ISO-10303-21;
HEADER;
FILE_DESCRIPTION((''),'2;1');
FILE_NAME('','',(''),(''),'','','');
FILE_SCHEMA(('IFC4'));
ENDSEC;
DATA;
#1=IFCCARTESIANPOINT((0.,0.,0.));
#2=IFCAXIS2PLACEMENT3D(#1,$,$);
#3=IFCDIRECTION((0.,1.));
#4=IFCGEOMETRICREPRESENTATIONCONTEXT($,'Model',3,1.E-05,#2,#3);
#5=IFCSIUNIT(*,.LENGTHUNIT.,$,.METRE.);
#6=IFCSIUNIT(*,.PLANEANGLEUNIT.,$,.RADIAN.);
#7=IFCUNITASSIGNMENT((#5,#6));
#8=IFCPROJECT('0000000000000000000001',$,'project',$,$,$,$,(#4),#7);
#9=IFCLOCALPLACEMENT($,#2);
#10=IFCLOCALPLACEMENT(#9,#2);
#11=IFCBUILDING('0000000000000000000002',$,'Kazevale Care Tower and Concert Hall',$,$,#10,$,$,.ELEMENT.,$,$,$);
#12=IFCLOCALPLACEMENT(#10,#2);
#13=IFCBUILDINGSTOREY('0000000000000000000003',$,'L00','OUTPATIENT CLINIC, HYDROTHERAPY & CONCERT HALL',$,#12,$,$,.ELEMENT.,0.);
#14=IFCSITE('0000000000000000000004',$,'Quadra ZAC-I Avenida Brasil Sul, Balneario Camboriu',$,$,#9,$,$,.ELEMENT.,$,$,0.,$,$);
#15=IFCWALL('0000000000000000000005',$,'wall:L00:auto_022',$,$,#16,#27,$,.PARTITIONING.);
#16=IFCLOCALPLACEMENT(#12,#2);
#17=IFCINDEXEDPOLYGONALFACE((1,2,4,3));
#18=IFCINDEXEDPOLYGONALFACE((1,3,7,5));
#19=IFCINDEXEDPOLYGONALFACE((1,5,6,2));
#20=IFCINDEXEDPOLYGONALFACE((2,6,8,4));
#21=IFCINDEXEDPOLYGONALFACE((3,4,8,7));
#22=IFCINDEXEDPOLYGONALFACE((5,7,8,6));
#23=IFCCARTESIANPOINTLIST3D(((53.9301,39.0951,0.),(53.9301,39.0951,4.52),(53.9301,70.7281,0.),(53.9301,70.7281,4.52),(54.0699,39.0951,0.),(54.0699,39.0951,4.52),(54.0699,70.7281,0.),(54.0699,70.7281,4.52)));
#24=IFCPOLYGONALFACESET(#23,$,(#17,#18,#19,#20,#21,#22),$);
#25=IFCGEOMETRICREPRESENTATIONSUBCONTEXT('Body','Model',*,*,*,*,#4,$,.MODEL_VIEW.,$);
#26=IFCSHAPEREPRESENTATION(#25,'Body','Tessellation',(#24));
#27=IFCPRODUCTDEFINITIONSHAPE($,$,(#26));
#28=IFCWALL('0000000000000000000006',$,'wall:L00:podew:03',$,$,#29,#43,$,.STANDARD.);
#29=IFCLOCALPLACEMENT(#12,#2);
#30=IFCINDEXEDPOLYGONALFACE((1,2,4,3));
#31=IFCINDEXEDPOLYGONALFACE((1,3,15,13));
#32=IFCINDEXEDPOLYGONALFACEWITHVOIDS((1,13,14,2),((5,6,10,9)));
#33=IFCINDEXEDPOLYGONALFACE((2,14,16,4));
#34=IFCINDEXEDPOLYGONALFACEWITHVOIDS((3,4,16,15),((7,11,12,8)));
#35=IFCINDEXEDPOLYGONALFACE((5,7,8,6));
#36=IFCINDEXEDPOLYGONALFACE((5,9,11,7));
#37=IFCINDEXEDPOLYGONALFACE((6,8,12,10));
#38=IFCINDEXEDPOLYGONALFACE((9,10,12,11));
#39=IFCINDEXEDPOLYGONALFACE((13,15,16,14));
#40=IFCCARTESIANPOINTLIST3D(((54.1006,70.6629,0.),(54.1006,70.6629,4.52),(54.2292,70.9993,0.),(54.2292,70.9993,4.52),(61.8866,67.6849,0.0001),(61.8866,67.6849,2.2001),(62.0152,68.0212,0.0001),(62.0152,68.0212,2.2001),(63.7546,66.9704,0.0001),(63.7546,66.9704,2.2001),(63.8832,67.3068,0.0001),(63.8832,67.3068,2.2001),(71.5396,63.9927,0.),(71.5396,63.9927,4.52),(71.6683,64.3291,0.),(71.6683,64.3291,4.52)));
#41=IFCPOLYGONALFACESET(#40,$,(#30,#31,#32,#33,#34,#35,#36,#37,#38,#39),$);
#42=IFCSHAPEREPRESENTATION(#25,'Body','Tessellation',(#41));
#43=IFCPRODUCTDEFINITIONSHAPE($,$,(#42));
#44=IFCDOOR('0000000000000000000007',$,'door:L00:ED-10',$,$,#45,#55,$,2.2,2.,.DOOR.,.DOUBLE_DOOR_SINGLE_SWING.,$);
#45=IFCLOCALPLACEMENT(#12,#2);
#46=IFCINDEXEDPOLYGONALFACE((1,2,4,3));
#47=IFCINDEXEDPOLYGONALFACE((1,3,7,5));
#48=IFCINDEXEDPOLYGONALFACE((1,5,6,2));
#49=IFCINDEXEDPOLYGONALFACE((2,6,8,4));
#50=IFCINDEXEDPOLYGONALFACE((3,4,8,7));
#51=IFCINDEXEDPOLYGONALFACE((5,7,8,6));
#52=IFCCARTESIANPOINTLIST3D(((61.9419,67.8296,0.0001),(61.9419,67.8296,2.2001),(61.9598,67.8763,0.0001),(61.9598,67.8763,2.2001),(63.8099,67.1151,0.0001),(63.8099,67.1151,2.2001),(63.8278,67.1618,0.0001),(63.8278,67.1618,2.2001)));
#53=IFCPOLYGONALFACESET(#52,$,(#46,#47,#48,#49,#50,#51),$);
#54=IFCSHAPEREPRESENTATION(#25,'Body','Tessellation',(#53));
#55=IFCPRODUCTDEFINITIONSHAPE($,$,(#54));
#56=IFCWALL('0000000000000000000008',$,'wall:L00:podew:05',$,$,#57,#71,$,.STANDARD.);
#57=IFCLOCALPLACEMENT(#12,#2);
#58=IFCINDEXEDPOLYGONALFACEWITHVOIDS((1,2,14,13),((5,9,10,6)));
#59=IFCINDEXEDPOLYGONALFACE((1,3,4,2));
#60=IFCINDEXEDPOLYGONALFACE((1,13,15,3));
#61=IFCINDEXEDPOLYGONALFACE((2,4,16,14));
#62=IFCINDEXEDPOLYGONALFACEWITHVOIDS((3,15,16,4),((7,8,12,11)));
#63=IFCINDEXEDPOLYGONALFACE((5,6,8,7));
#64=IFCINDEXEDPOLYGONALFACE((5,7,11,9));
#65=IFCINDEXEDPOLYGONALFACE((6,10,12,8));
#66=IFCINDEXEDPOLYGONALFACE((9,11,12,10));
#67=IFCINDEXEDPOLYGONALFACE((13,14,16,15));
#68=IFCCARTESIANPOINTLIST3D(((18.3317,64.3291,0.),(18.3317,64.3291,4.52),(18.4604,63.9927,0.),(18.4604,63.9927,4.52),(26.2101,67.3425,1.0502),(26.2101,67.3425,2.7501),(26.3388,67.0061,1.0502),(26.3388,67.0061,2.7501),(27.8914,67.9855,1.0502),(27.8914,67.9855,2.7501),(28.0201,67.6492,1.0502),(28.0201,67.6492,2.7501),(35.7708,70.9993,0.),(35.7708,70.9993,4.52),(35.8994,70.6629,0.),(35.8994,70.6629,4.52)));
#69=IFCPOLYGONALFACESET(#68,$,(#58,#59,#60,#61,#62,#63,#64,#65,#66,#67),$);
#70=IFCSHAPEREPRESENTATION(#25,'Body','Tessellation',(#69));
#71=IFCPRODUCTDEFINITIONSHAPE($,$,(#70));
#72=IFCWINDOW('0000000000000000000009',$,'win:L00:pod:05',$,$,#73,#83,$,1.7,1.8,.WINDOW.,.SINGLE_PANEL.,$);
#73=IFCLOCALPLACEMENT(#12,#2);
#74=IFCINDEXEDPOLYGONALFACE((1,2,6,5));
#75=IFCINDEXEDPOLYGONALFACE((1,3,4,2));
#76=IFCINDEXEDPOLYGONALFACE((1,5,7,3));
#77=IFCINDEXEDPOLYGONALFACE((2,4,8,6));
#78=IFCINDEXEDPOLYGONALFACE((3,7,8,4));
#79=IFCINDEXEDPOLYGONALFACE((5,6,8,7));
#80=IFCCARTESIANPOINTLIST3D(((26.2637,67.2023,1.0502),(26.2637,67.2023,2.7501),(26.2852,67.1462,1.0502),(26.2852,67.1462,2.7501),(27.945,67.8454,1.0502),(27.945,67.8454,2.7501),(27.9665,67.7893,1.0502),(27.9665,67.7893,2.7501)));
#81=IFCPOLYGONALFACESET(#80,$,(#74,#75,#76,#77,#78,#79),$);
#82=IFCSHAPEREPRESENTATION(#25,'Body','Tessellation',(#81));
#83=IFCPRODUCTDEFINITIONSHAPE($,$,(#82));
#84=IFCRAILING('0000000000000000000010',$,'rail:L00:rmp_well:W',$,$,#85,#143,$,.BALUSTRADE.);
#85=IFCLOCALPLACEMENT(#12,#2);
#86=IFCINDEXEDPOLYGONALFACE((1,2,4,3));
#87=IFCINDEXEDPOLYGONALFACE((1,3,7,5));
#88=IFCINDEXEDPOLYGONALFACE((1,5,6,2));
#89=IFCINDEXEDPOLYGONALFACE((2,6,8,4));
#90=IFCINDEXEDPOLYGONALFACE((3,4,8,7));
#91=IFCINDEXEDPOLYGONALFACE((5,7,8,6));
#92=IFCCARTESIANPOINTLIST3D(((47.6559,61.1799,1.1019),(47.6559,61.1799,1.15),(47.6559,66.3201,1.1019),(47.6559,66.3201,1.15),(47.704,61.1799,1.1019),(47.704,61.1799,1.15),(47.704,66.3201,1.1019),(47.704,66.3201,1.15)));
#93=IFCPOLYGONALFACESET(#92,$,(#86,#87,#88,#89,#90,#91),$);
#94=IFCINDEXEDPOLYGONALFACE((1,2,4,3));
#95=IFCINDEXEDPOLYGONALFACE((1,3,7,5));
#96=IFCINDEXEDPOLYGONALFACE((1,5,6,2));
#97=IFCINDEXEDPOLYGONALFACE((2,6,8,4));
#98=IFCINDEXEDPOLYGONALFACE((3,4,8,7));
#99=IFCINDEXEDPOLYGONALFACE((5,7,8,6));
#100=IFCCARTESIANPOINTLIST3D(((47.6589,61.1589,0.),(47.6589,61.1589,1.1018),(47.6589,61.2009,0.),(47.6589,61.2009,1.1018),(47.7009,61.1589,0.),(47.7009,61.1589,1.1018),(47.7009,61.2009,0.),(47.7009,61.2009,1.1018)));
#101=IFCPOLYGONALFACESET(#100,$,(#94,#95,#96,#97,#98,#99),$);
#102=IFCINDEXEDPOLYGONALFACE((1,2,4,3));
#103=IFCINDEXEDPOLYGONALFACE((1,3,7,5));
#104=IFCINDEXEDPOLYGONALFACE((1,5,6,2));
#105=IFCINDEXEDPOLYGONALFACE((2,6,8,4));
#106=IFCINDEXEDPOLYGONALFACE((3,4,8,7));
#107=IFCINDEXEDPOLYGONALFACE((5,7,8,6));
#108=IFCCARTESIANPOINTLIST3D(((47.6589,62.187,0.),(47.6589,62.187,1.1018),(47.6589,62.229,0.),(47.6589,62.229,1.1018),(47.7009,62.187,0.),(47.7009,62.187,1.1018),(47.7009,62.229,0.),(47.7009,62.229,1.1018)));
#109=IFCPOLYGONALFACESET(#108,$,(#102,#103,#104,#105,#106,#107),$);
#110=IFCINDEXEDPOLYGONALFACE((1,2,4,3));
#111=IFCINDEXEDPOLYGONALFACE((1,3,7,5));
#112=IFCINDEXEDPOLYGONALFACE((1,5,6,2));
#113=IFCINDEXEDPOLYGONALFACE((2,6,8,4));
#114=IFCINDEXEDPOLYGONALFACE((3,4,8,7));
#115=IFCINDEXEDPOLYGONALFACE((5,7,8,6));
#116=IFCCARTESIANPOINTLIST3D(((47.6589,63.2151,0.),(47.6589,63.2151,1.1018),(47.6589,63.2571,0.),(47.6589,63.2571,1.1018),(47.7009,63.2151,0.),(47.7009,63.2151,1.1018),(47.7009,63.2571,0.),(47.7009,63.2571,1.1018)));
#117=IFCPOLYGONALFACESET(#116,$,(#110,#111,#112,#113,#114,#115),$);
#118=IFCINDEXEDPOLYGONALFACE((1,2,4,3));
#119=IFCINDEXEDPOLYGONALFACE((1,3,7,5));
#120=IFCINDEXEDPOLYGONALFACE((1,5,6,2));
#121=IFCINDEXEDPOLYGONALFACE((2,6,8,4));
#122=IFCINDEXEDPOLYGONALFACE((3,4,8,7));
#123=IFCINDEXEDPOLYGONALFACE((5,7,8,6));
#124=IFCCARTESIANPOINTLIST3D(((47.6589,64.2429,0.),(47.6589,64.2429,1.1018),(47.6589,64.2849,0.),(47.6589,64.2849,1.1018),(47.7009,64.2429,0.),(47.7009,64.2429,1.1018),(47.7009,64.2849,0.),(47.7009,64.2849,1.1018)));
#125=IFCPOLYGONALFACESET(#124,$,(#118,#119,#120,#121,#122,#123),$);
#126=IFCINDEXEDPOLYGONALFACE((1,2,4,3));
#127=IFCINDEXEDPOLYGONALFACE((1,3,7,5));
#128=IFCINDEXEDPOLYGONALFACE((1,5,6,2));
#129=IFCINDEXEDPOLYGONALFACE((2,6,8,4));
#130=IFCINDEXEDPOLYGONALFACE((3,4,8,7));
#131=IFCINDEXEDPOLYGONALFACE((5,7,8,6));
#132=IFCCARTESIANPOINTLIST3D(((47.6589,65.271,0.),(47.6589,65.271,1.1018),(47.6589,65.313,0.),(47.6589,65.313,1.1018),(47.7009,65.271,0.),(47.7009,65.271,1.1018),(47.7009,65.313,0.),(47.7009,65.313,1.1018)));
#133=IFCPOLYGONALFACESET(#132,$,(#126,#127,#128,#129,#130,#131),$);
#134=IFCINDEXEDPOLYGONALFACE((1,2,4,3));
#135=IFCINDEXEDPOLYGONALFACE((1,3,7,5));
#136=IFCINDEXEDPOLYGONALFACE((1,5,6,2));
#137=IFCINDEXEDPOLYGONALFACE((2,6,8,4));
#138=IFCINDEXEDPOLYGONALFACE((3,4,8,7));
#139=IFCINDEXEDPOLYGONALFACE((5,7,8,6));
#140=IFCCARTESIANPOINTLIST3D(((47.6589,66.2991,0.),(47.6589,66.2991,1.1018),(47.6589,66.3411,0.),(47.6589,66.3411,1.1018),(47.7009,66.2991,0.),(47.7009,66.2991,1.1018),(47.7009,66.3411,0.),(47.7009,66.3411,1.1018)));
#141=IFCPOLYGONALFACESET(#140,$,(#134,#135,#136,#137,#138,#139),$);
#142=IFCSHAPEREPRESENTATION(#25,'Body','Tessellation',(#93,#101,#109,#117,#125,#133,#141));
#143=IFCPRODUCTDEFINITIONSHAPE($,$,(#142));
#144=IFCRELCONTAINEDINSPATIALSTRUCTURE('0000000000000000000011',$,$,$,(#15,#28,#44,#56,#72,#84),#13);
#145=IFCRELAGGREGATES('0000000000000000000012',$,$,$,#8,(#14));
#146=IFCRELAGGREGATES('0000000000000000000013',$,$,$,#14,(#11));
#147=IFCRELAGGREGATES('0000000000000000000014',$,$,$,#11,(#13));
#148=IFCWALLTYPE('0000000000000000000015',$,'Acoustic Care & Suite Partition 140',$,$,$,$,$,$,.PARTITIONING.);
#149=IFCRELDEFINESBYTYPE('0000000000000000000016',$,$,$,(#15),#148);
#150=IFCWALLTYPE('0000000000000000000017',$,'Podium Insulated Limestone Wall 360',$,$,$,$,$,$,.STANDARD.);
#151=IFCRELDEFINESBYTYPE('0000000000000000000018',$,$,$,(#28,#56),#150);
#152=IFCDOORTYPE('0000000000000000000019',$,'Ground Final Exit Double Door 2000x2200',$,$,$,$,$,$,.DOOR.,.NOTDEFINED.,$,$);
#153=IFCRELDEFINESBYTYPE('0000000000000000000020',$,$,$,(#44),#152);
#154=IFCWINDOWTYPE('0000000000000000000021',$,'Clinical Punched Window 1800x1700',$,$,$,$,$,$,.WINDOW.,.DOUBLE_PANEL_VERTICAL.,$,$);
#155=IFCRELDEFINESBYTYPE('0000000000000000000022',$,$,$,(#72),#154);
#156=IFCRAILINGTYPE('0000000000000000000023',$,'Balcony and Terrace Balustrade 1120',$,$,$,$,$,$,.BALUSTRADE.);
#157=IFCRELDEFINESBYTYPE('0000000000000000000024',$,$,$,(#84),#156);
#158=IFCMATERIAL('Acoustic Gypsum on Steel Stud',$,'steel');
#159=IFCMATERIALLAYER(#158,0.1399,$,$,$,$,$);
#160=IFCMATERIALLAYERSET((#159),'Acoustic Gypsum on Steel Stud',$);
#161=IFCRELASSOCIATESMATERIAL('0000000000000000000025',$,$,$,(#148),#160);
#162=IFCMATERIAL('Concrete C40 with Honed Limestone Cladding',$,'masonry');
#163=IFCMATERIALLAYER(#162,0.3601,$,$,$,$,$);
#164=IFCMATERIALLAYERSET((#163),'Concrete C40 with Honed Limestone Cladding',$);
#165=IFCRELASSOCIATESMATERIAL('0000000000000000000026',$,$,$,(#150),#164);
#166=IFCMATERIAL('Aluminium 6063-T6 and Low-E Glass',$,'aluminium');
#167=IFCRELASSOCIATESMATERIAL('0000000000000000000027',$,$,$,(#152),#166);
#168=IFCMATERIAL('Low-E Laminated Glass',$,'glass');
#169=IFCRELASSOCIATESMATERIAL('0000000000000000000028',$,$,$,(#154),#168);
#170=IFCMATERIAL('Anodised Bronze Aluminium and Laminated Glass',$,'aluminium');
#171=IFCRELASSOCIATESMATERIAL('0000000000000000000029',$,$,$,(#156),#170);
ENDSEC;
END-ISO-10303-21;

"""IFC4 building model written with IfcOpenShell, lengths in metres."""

from ifc_helpers import new_model, si_unit, direction, frame, frame_2d, origin, origin_2d, place, context, subcontext, project, spatial, rectangle, extrude, material, layer, layer_set, type_object, element, fill, save


model = new_model("IFC4")

# Units and contexts
model_context = context("Model", 3, precision=1e-05, world=origin(), true_north=direction((0.0, 1.0)))
body_context = subcontext(model_context, "Body", "Model", "MODEL_VIEW")
ifc_project = project(units=[si_unit("LENGTHUNIT", "METRE"), si_unit("PLANEANGLEUNIT", "RADIAN")], contexts=[model_context])

# Site, building, storey
site_placement = place(None, origin())
site = spatial("IfcSite", under=ifc_project, at=site_placement, Name="Quadra ZAC-I Avenida Brasil Sul, Balneario Camboriu", CompositionType="ELEMENT", RefElevation=0.0)
building_placement = place(site_placement, origin())
building = spatial("IfcBuilding", under=site, at=building_placement, Name="Kazevale Care Tower and Concert Hall", CompositionType="ELEMENT")
storey_placement = place(building_placement, origin())
storey = spatial("IfcBuildingStorey", under=building, at=storey_placement, Name="L00", Description="OUTPATIENT CLINIC, HYDROTHERAPY & CONCERT HALL", CompositionType="ELEMENT", Elevation=0.0)

# Shared definitions
ifc_material_1 = material(Name="Aluminium 6063-T6 and Low-E Glass", Category="aluminium")

# Shared definitions
ifc_material_2 = material(Name="Low-E Laminated Glass", Category="glass")

# Wall
ifc_material_3 = material(Name="Acoustic Gypsum on Steel Stud", Category="steel")
ifc_layer_1 = layer(ifc_material_3, 0.1399)
ifc_layer_set_1 = layer_set([ifc_layer_1], Name="Acoustic Gypsum on Steel Stud")
wall_type_1 = type_object("IfcWallType", Name="Acoustic Care & Suite Partition 140", PredefinedType="PARTITIONING", material=ifc_layer_set_1)
wall_1_placement = place(storey_placement, frame((54.0, 70.728, 0.0), z_axis=(0.0, 0.0, 1.0), x_axis=(0.0, -1.0, 0.0)))
element("IfcWall", 1, at=wall_1_placement, inside=storey, type_object=wall_type_1, Name="wall:L00:auto_022", PredefinedType="PARTITIONING", context=body_context, shape_type="SweptSolid", body=[
    extrude(rectangle(XDim=31.6331, YDim=0.1399, at=frame_2d((15.8164, 0.0))), origin(), (0.0, 0.0, 1.0), 4.52),
])

# Wall, opening, door
ifc_material_4 = material(Name="Concrete C40 with Honed Limestone Cladding", Category="masonry")
ifc_layer_2 = layer(ifc_material_4, 0.3601)
ifc_layer_set_2 = layer_set([ifc_layer_2], Name="Concrete C40 with Honed Limestone Cladding")
wall_type_2 = type_object("IfcWallType", Name="Podium Insulated Limestone Wall 360", PredefinedType="STANDARD", material=ifc_layer_set_2)
wall_2_placement = place(storey_placement, frame((54.165, 70.8311, 0.0), z_axis=(0.0, 0.0, 1.0), x_axis=(0.93401, -0.357246, 0.0)))
wall_2 = element("IfcWall", 2, at=wall_2_placement, inside=storey, type_object=wall_type_2, Name="wall:L00:podew:03", PredefinedType="STANDARD", context=body_context, shape_type="SweptSolid", body=[
    extrude(rectangle(XDim=18.6711, YDim=0.3601, at=frame_2d((9.3354, 0.0))), origin(), (0.0, 0.0, 1.0), 4.52),
])
opening_1_placement = place(wall_2_placement, frame((8.3359, 0.0, 0.0)))
opening_1 = element("IfcOpeningElement", 3, at=opening_1_placement, cuts=wall_2, PredefinedType="OPENING", context=body_context, shape_type="SweptSolid", body=[
    extrude(rectangle(XDim=2.0, YDim=2.2, at=frame_2d((1.0, 1.1001))), frame((0.0, 0.1899, 0.0), z_axis=(0.0, -1.0, 0.0), x_axis=(1.0, 0.0, 0.0)), (0.0, 0.0, 1.0), 0.3801),
])
door_type = type_object("IfcDoorType", Name="Ground Final Exit Double Door 2000x2200", OperationType="NOTDEFINED", PredefinedType="DOOR", material=ifc_material_1)
door_placement = place(opening_1_placement, origin())
door = element("IfcDoor", 4, at=door_placement, inside=storey, type_object=door_type, Name="door:L00:ED-10", OperationType="DOUBLE_DOOR_SINGLE_SWING", OverallHeight=2.2, OverallWidth=2.0, PredefinedType="DOOR", context=body_context, shape_type="SweptSolid", body=[
    extrude(rectangle(XDim=2.0, YDim=2.2, at=frame_2d((1.0, 1.1001))), frame((0.0, 0.0249, 0.0), z_axis=(0.0, -1.0, 0.0), x_axis=(1.0, 0.0, 0.0)), (0.0, 0.0, 1.0), 0.05),
])
fill(opening_1, door)

# Wall, opening, window
wall_3_placement = place(storey_placement, frame((35.835, 70.8311, 0.0), z_axis=(0.0, 0.0, 1.0), x_axis=(-0.93401, -0.357246, 0.0)))
wall_3 = element("IfcWall", 5, at=wall_3_placement, inside=storey, type_object=wall_type_2, Name="wall:L00:podew:05", PredefinedType="STANDARD", context=body_context, shape_type="SweptSolid", body=[
    extrude(rectangle(XDim=18.6711, YDim=0.3601, at=frame_2d((9.3354, 0.0))), origin(), (0.0, 0.0, 1.0), 4.52),
])
opening_2_placement = place(wall_3_placement, frame((8.436, 0.0, 1.05)))
opening_2 = element("IfcOpeningElement", 6, at=opening_2_placement, cuts=wall_3, PredefinedType="OPENING", context=body_context, shape_type="SweptSolid", body=[
    extrude(rectangle(XDim=1.8, YDim=1.7, at=frame_2d((0.8999, 0.8501))), frame((0.0, 0.1899, 0.0), z_axis=(0.0, -1.0, 0.0), x_axis=(1.0, 0.0, 0.0)), (0.0, 0.0, 1.0), 0.3801),
])
window_type = type_object("IfcWindowType", Name="Clinical Punched Window 1800x1700", PartitioningType="DOUBLE_PANEL_VERTICAL", PredefinedType="WINDOW", material=ifc_material_2)
window_placement = place(opening_2_placement, origin())
window = element("IfcWindow", 7, at=window_placement, inside=storey, type_object=window_type, Name="win:L00:pod:05", OverallHeight=1.7, OverallWidth=1.8, PartitioningType="SINGLE_PANEL", PredefinedType="WINDOW", context=body_context, shape_type="SweptSolid", body=[
    extrude(rectangle(XDim=1.8, YDim=1.7, at=frame_2d((0.8999, 0.8501))), frame((0.0, 0.03, 0.0), z_axis=(0.0, -1.0, 0.0), x_axis=(1.0, 0.0, 0.0)), (0.0, 0.0, 1.0), 0.0601),
])
fill(opening_2, window)

# Railing
ifc_material_5 = material(Name="Anodised Bronze Aluminium and Laminated Glass", Category="aluminium")
railing_type = type_object("IfcRailingType", Name="Balcony and Terrace Balustrade 1120", PredefinedType="BALUSTRADE", material=ifc_material_5)
railing_1_placement = place(storey_placement, frame((47.6799, 61.1799, 0.0)))
element("IfcRailing", 8, at=railing_1_placement, inside=storey, type_object=railing_type, Name="rail:L00:rmp_well:W", PredefinedType="BALUSTRADE", context=body_context, shape_type="SweptSolid", body=[
    extrude(rectangle(XDim=0.0481, YDim=0.0481, at=origin_2d()), frame((0.0, 0.0, 1.126), z_axis=(0.0, 1.0, 0.0), x_axis=(-1.0, 0.0, 0.0)), (0.0, 0.0, 1.0), 5.1401),
    extrude(rectangle(XDim=0.042, YDim=0.042, at=origin_2d()), origin(), (0.0, 0.0, 1.0), 1.1018),
    extrude(rectangle(XDim=0.042, YDim=0.042, at=origin_2d()), frame((0.0, 1.0281, 0.0)), (0.0, 0.0, 1.0), 1.1018),
    extrude(rectangle(XDim=0.042, YDim=0.042, at=origin_2d()), frame((0.0, 2.0562, 0.0)), (0.0, 0.0, 1.0), 1.1018),
    extrude(rectangle(XDim=0.042, YDim=0.042, at=origin_2d()), frame((0.0, 3.084, 0.0)), (0.0, 0.0, 1.0), 1.1018),
    extrude(rectangle(XDim=0.042, YDim=0.042, at=origin_2d()), frame((0.0, 4.1121, 0.0)), (0.0, 0.0, 1.0), 1.1018),
    extrude(rectangle(XDim=0.042, YDim=0.042, at=origin_2d()), frame((0.0, 5.1401, 0.0)), (0.0, 0.0, 1.0), 1.1018),
])

save(model, "model.ifc")
